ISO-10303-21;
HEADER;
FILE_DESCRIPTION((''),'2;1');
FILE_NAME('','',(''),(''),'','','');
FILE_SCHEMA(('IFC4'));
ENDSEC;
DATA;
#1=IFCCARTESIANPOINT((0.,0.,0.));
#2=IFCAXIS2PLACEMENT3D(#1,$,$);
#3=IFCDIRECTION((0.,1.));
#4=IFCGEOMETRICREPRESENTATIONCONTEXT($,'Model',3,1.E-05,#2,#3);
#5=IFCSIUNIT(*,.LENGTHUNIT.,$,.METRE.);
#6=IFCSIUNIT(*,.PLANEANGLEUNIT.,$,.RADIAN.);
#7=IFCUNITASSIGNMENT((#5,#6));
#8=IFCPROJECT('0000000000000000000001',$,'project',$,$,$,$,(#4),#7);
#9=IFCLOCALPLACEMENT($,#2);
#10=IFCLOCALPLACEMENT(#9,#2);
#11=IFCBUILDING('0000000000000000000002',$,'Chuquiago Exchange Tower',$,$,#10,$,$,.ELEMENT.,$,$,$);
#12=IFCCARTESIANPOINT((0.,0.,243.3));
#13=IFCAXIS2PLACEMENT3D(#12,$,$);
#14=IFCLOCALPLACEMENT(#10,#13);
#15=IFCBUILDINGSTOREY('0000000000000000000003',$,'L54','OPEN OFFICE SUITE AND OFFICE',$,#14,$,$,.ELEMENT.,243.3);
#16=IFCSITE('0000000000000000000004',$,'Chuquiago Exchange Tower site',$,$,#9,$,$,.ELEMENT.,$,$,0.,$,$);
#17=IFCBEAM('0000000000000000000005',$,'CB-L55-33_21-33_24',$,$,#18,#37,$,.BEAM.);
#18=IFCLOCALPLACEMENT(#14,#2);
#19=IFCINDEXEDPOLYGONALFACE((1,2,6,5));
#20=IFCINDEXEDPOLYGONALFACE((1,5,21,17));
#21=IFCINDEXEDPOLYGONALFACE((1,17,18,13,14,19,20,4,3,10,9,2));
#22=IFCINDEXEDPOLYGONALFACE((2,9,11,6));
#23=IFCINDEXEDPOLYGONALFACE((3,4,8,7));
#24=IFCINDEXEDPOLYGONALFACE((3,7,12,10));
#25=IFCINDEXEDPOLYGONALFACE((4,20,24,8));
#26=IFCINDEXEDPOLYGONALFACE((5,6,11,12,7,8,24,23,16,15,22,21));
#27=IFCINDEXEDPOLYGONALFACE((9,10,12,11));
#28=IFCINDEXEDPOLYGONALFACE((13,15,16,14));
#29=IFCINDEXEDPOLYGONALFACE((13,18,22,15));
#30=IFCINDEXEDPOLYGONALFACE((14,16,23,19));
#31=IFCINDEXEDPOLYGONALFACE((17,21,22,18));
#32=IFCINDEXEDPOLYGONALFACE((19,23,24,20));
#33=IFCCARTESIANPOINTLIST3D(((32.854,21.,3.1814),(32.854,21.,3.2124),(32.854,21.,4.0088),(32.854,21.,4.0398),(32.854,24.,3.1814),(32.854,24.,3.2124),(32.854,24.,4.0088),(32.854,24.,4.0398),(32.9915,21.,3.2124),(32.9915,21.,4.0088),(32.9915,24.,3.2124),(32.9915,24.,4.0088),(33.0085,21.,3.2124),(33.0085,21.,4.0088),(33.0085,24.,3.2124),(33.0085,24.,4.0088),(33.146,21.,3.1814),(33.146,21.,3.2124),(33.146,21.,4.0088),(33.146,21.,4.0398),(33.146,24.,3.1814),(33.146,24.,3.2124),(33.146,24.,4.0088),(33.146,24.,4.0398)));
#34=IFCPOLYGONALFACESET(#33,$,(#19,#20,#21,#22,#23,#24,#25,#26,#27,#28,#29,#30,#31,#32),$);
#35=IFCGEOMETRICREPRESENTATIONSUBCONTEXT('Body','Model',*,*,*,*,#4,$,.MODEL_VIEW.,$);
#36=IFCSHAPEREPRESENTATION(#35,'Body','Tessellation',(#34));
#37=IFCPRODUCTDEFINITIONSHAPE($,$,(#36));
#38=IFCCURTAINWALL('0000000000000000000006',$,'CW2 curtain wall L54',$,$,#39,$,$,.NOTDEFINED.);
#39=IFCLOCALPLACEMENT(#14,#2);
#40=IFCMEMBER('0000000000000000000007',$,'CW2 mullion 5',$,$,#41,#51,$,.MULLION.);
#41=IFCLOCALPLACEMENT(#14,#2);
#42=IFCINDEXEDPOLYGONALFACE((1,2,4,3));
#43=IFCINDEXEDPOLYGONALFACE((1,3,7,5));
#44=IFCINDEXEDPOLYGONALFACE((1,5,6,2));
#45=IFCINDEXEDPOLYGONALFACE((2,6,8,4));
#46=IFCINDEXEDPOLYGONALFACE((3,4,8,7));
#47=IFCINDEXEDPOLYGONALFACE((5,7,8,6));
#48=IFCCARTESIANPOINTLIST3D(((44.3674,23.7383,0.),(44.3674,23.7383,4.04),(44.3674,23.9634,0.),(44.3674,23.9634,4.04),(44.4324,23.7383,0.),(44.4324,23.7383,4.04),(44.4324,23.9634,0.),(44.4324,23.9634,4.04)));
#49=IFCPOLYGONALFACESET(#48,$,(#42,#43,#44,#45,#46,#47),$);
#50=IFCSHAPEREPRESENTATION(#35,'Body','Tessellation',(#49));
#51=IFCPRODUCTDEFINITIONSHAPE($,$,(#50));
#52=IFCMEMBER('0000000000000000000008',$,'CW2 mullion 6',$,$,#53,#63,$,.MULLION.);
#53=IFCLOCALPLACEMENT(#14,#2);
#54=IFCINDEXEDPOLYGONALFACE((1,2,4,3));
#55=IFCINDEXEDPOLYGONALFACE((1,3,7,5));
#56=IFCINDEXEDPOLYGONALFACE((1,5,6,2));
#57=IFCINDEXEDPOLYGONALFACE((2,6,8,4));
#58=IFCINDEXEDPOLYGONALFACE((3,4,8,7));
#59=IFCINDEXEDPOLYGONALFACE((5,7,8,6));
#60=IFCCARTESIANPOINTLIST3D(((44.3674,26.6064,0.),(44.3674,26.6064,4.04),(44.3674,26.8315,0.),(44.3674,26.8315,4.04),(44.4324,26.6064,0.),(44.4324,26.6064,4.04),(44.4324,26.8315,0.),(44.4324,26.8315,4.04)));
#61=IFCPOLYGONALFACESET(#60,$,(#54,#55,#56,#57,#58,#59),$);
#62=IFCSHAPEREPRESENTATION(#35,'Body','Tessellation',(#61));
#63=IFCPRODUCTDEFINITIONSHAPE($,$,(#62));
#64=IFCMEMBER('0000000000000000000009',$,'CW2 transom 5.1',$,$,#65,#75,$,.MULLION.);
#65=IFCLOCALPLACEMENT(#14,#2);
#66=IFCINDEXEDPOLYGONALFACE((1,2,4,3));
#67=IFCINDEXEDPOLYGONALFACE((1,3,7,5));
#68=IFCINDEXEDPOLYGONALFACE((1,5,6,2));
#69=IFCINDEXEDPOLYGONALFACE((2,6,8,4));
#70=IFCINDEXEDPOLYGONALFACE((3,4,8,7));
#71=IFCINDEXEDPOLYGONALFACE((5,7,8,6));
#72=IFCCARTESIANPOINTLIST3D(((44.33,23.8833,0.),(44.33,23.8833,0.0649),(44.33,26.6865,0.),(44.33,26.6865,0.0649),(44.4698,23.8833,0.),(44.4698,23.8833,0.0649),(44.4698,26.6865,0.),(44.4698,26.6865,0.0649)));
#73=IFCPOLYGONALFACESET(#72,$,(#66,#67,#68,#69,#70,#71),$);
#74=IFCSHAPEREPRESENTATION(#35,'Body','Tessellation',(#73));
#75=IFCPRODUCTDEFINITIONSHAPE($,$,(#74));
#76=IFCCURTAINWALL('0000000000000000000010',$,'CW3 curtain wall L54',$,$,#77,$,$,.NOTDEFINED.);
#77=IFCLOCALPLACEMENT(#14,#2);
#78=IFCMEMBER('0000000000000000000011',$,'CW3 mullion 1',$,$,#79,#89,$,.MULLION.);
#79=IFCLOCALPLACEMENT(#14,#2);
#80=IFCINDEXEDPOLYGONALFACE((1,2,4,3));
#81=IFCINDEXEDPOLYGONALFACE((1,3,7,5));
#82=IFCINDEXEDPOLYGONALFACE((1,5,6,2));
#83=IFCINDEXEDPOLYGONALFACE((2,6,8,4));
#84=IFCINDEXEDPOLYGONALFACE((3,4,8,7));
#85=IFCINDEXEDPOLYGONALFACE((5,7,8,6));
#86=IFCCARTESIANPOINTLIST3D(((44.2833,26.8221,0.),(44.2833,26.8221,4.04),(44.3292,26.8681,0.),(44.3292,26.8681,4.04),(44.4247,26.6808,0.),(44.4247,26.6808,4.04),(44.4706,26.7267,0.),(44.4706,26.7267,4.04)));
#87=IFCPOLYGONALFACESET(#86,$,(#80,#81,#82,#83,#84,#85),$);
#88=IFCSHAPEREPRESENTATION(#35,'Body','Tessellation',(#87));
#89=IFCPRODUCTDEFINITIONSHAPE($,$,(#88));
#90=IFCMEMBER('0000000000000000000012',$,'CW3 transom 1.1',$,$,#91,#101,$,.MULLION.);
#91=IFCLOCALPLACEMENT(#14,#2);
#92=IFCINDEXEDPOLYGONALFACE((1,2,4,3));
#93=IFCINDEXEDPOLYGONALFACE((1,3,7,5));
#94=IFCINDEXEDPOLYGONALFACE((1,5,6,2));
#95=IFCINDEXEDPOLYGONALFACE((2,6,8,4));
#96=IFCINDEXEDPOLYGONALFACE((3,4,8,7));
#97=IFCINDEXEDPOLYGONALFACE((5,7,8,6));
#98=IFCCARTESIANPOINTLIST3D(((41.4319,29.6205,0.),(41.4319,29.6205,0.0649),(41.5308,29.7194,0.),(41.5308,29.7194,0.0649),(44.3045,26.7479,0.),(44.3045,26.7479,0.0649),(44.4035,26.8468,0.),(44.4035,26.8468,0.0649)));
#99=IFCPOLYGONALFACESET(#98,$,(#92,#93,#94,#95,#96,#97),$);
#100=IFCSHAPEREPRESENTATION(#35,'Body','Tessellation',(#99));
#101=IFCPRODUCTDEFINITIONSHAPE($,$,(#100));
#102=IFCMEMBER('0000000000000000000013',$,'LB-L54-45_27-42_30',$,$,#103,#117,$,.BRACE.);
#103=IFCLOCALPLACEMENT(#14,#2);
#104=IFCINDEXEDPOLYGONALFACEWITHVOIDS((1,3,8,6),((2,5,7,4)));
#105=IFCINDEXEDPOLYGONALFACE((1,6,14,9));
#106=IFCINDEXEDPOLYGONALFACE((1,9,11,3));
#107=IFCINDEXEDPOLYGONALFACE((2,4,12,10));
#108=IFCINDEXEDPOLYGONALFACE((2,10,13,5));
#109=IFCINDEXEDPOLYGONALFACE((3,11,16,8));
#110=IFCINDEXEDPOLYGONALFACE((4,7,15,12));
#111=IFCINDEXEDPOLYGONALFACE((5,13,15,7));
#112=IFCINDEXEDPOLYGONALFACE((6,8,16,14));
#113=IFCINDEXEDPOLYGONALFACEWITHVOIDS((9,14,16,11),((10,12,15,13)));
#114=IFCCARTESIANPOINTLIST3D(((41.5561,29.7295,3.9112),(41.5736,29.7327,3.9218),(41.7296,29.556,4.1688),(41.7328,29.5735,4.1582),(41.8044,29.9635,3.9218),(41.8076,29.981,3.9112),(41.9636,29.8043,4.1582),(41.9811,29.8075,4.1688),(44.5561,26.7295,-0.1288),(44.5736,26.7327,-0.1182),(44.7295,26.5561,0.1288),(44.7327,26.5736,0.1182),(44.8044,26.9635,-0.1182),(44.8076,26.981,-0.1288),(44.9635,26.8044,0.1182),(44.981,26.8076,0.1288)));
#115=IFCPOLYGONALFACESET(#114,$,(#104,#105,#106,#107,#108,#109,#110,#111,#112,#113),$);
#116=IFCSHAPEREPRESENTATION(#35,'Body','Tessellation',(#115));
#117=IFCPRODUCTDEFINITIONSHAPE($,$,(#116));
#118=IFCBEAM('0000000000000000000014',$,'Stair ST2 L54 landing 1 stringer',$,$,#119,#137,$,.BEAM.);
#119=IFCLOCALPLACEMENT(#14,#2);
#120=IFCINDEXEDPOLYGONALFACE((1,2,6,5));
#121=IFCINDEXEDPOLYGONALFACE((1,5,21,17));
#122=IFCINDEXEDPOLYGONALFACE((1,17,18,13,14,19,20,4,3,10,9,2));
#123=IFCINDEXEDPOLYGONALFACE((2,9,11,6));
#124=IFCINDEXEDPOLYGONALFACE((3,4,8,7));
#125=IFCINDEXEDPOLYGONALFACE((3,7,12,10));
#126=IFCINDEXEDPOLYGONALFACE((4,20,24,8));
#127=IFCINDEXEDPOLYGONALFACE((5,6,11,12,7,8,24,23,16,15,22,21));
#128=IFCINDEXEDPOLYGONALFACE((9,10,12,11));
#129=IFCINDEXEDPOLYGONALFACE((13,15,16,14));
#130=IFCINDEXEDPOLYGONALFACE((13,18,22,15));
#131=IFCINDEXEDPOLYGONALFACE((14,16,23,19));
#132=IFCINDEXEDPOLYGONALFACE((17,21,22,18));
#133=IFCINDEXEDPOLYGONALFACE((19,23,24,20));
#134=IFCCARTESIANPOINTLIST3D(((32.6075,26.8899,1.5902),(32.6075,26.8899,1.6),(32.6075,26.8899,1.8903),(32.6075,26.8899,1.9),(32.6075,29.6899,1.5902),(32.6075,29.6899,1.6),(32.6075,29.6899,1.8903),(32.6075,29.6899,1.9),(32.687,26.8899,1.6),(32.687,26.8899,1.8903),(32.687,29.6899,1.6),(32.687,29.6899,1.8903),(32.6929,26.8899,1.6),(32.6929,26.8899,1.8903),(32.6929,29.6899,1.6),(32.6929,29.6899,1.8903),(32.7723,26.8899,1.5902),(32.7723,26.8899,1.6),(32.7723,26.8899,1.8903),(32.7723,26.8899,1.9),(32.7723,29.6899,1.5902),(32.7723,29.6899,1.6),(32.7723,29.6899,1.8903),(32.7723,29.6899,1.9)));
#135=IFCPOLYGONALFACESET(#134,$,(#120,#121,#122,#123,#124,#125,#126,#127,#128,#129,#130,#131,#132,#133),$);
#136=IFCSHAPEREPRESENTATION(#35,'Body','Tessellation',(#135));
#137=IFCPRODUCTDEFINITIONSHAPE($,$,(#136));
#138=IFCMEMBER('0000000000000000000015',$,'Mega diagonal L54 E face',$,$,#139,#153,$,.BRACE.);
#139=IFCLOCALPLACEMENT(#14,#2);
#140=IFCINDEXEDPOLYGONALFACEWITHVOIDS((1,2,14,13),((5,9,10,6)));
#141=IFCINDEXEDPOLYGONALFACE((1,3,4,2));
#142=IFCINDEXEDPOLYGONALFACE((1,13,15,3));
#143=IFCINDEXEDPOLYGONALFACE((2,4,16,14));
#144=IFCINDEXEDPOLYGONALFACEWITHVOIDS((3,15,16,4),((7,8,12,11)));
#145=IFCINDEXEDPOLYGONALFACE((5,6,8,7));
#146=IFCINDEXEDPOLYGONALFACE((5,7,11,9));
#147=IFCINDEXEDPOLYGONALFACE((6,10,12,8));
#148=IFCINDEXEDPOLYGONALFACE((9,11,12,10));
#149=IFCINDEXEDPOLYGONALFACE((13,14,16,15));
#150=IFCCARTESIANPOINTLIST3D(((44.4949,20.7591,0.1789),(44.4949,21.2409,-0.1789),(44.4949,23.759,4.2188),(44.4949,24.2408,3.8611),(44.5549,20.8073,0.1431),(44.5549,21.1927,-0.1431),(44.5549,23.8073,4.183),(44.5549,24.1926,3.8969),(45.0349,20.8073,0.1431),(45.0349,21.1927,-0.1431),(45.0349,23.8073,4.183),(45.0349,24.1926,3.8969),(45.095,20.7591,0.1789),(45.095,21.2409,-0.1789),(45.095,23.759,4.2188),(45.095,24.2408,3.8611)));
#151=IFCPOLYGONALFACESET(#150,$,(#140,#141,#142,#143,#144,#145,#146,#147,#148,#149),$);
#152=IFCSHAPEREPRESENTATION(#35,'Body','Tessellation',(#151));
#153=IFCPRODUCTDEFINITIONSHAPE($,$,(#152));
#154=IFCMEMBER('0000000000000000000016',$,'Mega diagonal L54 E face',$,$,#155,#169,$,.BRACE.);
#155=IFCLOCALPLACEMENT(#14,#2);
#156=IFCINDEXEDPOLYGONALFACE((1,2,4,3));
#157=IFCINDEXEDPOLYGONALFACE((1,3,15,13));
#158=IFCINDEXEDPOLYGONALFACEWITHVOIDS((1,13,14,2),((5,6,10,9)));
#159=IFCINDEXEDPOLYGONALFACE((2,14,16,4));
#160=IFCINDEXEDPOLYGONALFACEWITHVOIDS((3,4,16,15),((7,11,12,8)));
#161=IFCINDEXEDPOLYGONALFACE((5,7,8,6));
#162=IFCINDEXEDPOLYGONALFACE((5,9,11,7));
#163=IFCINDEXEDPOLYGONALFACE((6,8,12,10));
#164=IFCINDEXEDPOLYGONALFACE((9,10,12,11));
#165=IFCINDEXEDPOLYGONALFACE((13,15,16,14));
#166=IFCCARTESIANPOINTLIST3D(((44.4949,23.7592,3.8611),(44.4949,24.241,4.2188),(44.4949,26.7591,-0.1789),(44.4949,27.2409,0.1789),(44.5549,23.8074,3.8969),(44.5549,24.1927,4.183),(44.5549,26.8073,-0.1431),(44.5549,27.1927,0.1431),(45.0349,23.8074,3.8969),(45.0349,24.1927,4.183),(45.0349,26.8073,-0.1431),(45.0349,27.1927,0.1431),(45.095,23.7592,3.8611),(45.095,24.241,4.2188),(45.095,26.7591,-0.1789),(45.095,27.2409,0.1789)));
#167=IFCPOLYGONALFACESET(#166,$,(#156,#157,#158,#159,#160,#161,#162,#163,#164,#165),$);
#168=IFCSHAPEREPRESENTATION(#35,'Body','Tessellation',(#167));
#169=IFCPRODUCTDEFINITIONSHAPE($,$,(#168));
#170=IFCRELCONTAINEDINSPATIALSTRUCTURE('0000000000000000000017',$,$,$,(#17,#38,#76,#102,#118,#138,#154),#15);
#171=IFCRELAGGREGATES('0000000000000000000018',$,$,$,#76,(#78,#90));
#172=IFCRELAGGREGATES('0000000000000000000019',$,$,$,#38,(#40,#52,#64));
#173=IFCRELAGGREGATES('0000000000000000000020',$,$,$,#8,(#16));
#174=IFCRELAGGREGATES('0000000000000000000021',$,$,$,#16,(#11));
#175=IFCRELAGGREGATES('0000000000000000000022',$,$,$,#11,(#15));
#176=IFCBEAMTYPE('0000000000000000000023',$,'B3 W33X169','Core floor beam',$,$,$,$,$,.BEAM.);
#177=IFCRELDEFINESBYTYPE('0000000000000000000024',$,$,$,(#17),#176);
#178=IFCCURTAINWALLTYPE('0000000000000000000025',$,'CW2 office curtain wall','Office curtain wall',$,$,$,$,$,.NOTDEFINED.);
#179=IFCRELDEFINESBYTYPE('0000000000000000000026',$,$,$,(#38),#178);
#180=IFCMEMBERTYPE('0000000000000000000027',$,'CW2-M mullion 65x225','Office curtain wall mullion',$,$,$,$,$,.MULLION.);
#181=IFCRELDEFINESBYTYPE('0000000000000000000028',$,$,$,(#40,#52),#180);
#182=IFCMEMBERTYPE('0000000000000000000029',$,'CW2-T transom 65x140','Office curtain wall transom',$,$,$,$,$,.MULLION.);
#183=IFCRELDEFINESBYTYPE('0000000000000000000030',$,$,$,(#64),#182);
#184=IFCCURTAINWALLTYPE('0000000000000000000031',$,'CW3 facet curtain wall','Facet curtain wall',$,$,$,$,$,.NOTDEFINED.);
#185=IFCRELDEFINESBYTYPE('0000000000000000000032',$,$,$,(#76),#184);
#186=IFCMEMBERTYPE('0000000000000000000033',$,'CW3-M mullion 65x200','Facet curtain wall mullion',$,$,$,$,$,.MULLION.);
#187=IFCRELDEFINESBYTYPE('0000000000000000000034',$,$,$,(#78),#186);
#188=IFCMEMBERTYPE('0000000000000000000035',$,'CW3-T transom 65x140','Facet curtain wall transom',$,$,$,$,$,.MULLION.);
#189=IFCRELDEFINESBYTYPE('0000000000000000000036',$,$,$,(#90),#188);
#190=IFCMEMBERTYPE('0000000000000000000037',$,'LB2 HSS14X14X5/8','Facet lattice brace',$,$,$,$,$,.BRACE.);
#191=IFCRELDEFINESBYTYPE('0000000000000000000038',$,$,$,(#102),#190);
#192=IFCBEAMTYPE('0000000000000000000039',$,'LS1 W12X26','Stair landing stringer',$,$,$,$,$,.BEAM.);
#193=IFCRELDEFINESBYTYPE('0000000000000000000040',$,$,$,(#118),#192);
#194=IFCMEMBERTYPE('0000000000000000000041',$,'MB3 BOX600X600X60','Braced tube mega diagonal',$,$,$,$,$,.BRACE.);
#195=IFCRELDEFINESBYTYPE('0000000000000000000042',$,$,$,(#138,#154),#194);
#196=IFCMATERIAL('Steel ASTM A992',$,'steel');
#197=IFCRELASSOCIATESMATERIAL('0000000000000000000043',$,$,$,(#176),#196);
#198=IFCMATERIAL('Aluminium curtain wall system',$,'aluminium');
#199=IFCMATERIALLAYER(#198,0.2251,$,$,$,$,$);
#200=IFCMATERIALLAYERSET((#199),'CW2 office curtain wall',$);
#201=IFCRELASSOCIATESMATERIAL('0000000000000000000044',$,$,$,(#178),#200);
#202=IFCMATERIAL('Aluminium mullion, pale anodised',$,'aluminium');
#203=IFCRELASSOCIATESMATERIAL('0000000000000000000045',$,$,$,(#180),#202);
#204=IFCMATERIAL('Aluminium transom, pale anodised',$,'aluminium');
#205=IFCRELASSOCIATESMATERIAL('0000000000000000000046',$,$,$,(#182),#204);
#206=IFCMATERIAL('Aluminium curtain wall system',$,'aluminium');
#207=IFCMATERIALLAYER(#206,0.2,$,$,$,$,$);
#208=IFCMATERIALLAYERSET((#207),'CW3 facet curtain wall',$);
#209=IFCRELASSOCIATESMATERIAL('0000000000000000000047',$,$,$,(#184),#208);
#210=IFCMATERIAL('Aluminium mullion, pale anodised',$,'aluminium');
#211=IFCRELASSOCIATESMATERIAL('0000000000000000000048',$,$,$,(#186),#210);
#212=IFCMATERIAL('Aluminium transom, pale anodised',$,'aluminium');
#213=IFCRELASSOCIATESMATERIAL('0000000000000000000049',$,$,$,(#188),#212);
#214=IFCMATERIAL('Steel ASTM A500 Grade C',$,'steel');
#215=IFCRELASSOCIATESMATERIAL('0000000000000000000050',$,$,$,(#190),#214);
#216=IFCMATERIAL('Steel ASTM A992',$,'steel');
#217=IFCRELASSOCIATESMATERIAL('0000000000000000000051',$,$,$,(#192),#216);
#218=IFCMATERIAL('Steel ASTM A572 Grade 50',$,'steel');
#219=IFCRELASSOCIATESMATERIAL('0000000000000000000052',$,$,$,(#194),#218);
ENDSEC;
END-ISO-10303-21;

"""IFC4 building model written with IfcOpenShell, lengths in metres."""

from ifc_helpers import new_model, si_unit, direction, frame, origin, origin_2d, place, context, subcontext, project, spatial, rectangle, hollow_rectangle, i_section, extrude, material, layer, layer_set, material_profile, profile_set, type_object, element, aggregate, save


model = new_model("IFC4")

# Units and contexts
model_context = context("Model", 3, precision=1e-05, world=origin(), true_north=direction((0.0, 1.0)))
body_context = subcontext(model_context, "Body", "Model", "MODEL_VIEW")
ifc_project = project(units=[si_unit("LENGTHUNIT", "METRE"), si_unit("PLANEANGLEUNIT", "RADIAN")], contexts=[model_context])

# Site, building, storey
site_placement = place(None, origin())
site = spatial("IfcSite", under=ifc_project, at=site_placement, Name="Chuquiago Exchange Tower site", CompositionType="ELEMENT", RefElevation=0.0)
building_placement = place(site_placement, origin())
building = spatial("IfcBuilding", under=site, at=building_placement, Name="Chuquiago Exchange Tower", CompositionType="ELEMENT")
storey_placement = place(building_placement, frame((0.0, 0.0, 243.3)))
storey = spatial("IfcBuildingStorey", under=building, at=storey_placement, Name="L54", Description="OPEN OFFICE SUITE AND OFFICE", CompositionType="ELEMENT", Elevation=243.3)

# Beam
ifc_material_1 = material(Name="Steel ASTM A992", Category="steel")
ifc_material_profile_1 = material_profile(ifc_material_1, i_section(OverallWidth=0.292, OverallDepth=0.8584, WebThickness=0.0171, FlangeThickness=0.031, at=origin_2d()), Name="W33X169")
ifc_profile_set_1 = profile_set([ifc_material_profile_1], Name="Steel ASTM A992")
beam_type_1 = type_object("IfcBeamType", Name="B3 W33X169", Description="Core floor beam", PredefinedType="BEAM", material=ifc_profile_set_1)
beam_1_placement = place(storey_placement, frame((33.0, 21.0, 3.6106), z_axis=(0.0, 1.0, 0.0), x_axis=(-1.0, 0.0, 0.0)))
element("IfcBeam", 1, at=beam_1_placement, inside=storey, type_object=beam_type_1, Name="CB-L55-33_21-33_24", PredefinedType="BEAM", context=body_context, shape_type="SweptSolid", body=[
    extrude(i_section(OverallWidth=0.292, OverallDepth=0.8584, WebThickness=0.0171, FlangeThickness=0.031, at=origin_2d()), origin(), (0.0, 0.0, 1.0), 3.0),
])

# Curtain walls, members
ifc_material_2 = material(Name="Aluminium curtain wall system", Category="aluminium")
ifc_layer_1 = layer(ifc_material_2, 0.2251)
ifc_layer_set_1 = layer_set([ifc_layer_1], Name="CW2 office curtain wall")
curtain_wall_type_1 = type_object("IfcCurtainWallType", Name="CW2 office curtain wall", Description="Office curtain wall", PredefinedType="NOTDEFINED", material=ifc_layer_set_1)
curtain_wall_1_placement = place(storey_placement, origin())
curtain_wall_1 = element("IfcCurtainWall", 2, at=curtain_wall_1_placement, inside=storey, type_object=curtain_wall_type_1, Name="CW2 curtain wall L54", PredefinedType="NOTDEFINED")
ifc_material_3 = material(Name="Aluminium mullion, pale anodised", Category="aluminium")
ifc_material_profile_2 = material_profile(ifc_material_3, rectangle(XDim=0.0649, YDim=0.2251, at=origin_2d()), Name="AL 65x225")
ifc_profile_set_2 = profile_set([ifc_material_profile_2], Name="Aluminium mullion, pale anodised")
member_type_1 = type_object("IfcMemberType", Name="CW2-M mullion 65x225", Description="Office curtain wall mullion", PredefinedType="MULLION", material=ifc_profile_set_2)
member_1_placement = place(storey_placement, frame((44.3999, 23.8508, 0.0), z_axis=(0.0, 0.0, 1.0), x_axis=(-1.0, 0.0, 0.0)))
member_1 = element("IfcMember", 3, at=member_1_placement, type_object=member_type_1, Name="CW2 mullion 5", PredefinedType="MULLION", context=body_context, shape_type="SweptSolid", body=[
    extrude(rectangle(XDim=0.0649, YDim=0.2251, at=origin_2d()), origin(), (0.0, 0.0, 1.0), 4.04),
])
member_2_placement = place(storey_placement, frame((44.3999, 26.719, 0.0), z_axis=(0.0, 0.0, 1.0), x_axis=(-1.0, 0.0, 0.0)))
member_2 = element("IfcMember", 4, at=member_2_placement, type_object=member_type_1, Name="CW2 mullion 6", PredefinedType="MULLION", context=body_context, shape_type="SweptSolid", body=[
    extrude(rectangle(XDim=0.0649, YDim=0.2251, at=origin_2d()), origin(), (0.0, 0.0, 1.0), 4.04),
])
ifc_material_4 = material(Name="Aluminium transom, pale anodised", Category="aluminium")
ifc_material_profile_3 = material_profile(ifc_material_4, rectangle(XDim=0.1399, YDim=0.0649, at=origin_2d()), Name="AL 140x65")
ifc_profile_set_3 = profile_set([ifc_material_profile_3], Name="Aluminium transom, pale anodised")
member_type_2 = type_object("IfcMemberType", Name="CW2-T transom 65x140", Description="Office curtain wall transom", PredefinedType="MULLION", material=ifc_profile_set_3)
member_3_placement = place(storey_placement, frame((44.3999, 23.8833, 0.0325), z_axis=(0.0, 1.0, 0.0), x_axis=(-1.0, 0.0, 0.0)))
member_3 = element("IfcMember", 5, at=member_3_placement, type_object=member_type_2, Name="CW2 transom 5.1", PredefinedType="MULLION", context=body_context, shape_type="SweptSolid", body=[
    extrude(rectangle(XDim=0.1399, YDim=0.0649, at=origin_2d()), origin(), (0.0, 0.0, 1.0), 2.8032),
])
ifc_material_5 = material(Name="Aluminium curtain wall system", Category="aluminium")
ifc_layer_2 = layer(ifc_material_5, 0.2)
ifc_layer_set_2 = layer_set([ifc_layer_2], Name="CW3 facet curtain wall")
curtain_wall_type_2 = type_object("IfcCurtainWallType", Name="CW3 facet curtain wall", Description="Facet curtain wall", PredefinedType="NOTDEFINED", material=ifc_layer_set_2)
curtain_wall_2_placement = place(storey_placement, origin())
curtain_wall_2 = element("IfcCurtainWall", 6, at=curtain_wall_2_placement, inside=storey, type_object=curtain_wall_type_2, Name="CW3 curtain wall L54", PredefinedType="NOTDEFINED")
ifc_material_6 = material(Name="Aluminium mullion, pale anodised", Category="aluminium")
ifc_material_profile_4 = material_profile(ifc_material_6, rectangle(XDim=0.0649, YDim=0.2, at=origin_2d()), Name="AL 65x200")
ifc_profile_set_4 = profile_set([ifc_material_profile_4], Name="Aluminium mullion, pale anodised")
member_type_3 = type_object("IfcMemberType", Name="CW3-M mullion 65x200", Description="Facet curtain wall mullion", PredefinedType="MULLION", material=ifc_profile_set_4)
member_4_placement = place(storey_placement, frame((44.377, 26.7744, 0.0), z_axis=(0.0, 0.0, 1.0), x_axis=(-0.707107, -0.707107, 0.0)))
member_4 = element("IfcMember", 7, at=member_4_placement, type_object=member_type_3, Name="CW3 mullion 1", PredefinedType="MULLION", context=body_context, shape_type="SweptSolid", body=[
    extrude(rectangle(XDim=0.0649, YDim=0.2, at=origin_2d()), origin(), (0.0, 0.0, 1.0), 4.04),
])
ifc_material_7 = material(Name="Aluminium transom, pale anodised", Category="aluminium")
ifc_material_profile_5 = material_profile(ifc_material_7, rectangle(XDim=0.1399, YDim=0.0649, at=origin_2d()), Name="AL 140x65")
ifc_profile_set_5 = profile_set([ifc_material_profile_5], Name="Aluminium transom, pale anodised")
member_type_4 = type_object("IfcMemberType", Name="CW3-T transom 65x140", Description="Facet curtain wall transom", PredefinedType="MULLION", material=ifc_profile_set_5)
member_5_placement = place(storey_placement, frame((44.354, 26.7974, 0.0325), z_axis=(-0.707107, 0.707107, 0.0), x_axis=(-0.707107, -0.707107, 0.0)))
member_5 = element("IfcMember", 8, at=member_5_placement, type_object=member_type_4, Name="CW3 transom 1.1", PredefinedType="MULLION", context=body_context, shape_type="SweptSolid", body=[
    extrude(rectangle(XDim=0.1399, YDim=0.0649, at=origin_2d()), origin(), (0.0, 0.0, 1.0), 4.0625),
])
aggregate(curtain_wall_2, [member_4, member_5])

# Member
ifc_material_8 = material(Name="Steel ASTM A500 Grade C", Category="steel")
ifc_material_profile_6 = material_profile(ifc_material_8, hollow_rectangle(XDim=0.3557, YDim=0.3557, WallThickness=0.0146, at=origin_2d()), Name="HSS14X14X5/8")
ifc_profile_set_6 = profile_set([ifc_material_profile_6], Name="Steel ASTM A500 Grade C")
member_type_5 = type_object("IfcMemberType", Name="LB2 HSS14X14X5/8", Description="Facet lattice brace", PredefinedType="BRACE", material=ifc_profile_set_6)
member_6_placement = place(storey_placement, frame((44.7686, 26.7686, 0.0), z_axis=(-0.512077, 0.512077, 0.689604), x_axis=(-0.707107, -0.707107, 0.0)))
element("IfcMember", 9, at=member_6_placement, inside=storey, type_object=member_type_5, Name="LB-L54-45_27-42_30", PredefinedType="BRACE", context=body_context, shape_type="SweptSolid", body=[
    extrude(hollow_rectangle(XDim=0.3557, YDim=0.3557, WallThickness=0.0146, at=origin_2d()), origin(), (0.0, 0.0, 1.0), 5.8584),
])

# Beam
ifc_material_9 = material(Name="Steel ASTM A992", Category="steel")
ifc_material_profile_7 = material_profile(ifc_material_9, i_section(OverallWidth=0.1648, OverallDepth=0.3098, WebThickness=0.0059, FlangeThickness=0.0098, at=origin_2d()), Name="W12X26")
ifc_profile_set_7 = profile_set([ifc_material_profile_7], Name="Steel ASTM A992")
beam_type_2 = type_object("IfcBeamType", Name="LS1 W12X26", Description="Stair landing stringer", PredefinedType="BEAM", material=ifc_profile_set_7)
beam_2_placement = place(storey_placement, frame((32.6899, 26.8899, 1.7451), z_axis=(0.0, 1.0, 0.0), x_axis=(-1.0, 0.0, 0.0)))
element("IfcBeam", 10, at=beam_2_placement, inside=storey, type_object=beam_type_2, Name="Stair ST2 L54 landing 1 stringer", PredefinedType="BEAM", context=body_context, shape_type="SweptSolid", body=[
    extrude(i_section(OverallWidth=0.1648, OverallDepth=0.3098, WebThickness=0.0059, FlangeThickness=0.0098, at=origin_2d()), origin(), (0.0, 0.0, 1.0), 2.8),
])

# Members
ifc_material_10 = material(Name="Steel ASTM A572 Grade 50", Category="steel")
ifc_material_profile_8 = material_profile(ifc_material_10, hollow_rectangle(XDim=0.6001, YDim=0.6001, WallThickness=0.0601, at=origin_2d()), Name="BOX600X600X60")
ifc_profile_set_8 = profile_set([ifc_material_profile_8], Name="Steel ASTM A572 Grade 50")
member_type_6 = type_object("IfcMemberType", Name="MB3 BOX600X600X60", Description="Braced tube mega diagonal", PredefinedType="BRACE", material=ifc_profile_set_8)
for number, where, z_axis, x_axis, name in (
    (11, (44.7949, 21.0, 0.0), (0.0, 0.596174, 0.802855), (-1.0, 0.0, 0.0), "Mega diagonal L54 E face"),
    (12, (44.7949, 27.0, 0.0), (0.0, -0.596174, 0.802855), (1.0, 0.0, 0.0), "Mega diagonal L54 E face"),
):
    element("IfcMember", number, at=place(storey_placement, frame(where, z_axis=z_axis, x_axis=x_axis)), inside=storey, type_object=member_type_6, Name=name, PredefinedType="BRACE", context=body_context, shape_type="SweptSolid", body=[
        extrude(hollow_rectangle(XDim=0.6001, YDim=0.6001, WallThickness=0.0601, at=origin_2d()), origin(), (0.0, 0.0, 1.0), 5.032),
    ])

aggregate(curtain_wall_1, [member_1, member_2, member_3])

save(model, "model.ifc")
